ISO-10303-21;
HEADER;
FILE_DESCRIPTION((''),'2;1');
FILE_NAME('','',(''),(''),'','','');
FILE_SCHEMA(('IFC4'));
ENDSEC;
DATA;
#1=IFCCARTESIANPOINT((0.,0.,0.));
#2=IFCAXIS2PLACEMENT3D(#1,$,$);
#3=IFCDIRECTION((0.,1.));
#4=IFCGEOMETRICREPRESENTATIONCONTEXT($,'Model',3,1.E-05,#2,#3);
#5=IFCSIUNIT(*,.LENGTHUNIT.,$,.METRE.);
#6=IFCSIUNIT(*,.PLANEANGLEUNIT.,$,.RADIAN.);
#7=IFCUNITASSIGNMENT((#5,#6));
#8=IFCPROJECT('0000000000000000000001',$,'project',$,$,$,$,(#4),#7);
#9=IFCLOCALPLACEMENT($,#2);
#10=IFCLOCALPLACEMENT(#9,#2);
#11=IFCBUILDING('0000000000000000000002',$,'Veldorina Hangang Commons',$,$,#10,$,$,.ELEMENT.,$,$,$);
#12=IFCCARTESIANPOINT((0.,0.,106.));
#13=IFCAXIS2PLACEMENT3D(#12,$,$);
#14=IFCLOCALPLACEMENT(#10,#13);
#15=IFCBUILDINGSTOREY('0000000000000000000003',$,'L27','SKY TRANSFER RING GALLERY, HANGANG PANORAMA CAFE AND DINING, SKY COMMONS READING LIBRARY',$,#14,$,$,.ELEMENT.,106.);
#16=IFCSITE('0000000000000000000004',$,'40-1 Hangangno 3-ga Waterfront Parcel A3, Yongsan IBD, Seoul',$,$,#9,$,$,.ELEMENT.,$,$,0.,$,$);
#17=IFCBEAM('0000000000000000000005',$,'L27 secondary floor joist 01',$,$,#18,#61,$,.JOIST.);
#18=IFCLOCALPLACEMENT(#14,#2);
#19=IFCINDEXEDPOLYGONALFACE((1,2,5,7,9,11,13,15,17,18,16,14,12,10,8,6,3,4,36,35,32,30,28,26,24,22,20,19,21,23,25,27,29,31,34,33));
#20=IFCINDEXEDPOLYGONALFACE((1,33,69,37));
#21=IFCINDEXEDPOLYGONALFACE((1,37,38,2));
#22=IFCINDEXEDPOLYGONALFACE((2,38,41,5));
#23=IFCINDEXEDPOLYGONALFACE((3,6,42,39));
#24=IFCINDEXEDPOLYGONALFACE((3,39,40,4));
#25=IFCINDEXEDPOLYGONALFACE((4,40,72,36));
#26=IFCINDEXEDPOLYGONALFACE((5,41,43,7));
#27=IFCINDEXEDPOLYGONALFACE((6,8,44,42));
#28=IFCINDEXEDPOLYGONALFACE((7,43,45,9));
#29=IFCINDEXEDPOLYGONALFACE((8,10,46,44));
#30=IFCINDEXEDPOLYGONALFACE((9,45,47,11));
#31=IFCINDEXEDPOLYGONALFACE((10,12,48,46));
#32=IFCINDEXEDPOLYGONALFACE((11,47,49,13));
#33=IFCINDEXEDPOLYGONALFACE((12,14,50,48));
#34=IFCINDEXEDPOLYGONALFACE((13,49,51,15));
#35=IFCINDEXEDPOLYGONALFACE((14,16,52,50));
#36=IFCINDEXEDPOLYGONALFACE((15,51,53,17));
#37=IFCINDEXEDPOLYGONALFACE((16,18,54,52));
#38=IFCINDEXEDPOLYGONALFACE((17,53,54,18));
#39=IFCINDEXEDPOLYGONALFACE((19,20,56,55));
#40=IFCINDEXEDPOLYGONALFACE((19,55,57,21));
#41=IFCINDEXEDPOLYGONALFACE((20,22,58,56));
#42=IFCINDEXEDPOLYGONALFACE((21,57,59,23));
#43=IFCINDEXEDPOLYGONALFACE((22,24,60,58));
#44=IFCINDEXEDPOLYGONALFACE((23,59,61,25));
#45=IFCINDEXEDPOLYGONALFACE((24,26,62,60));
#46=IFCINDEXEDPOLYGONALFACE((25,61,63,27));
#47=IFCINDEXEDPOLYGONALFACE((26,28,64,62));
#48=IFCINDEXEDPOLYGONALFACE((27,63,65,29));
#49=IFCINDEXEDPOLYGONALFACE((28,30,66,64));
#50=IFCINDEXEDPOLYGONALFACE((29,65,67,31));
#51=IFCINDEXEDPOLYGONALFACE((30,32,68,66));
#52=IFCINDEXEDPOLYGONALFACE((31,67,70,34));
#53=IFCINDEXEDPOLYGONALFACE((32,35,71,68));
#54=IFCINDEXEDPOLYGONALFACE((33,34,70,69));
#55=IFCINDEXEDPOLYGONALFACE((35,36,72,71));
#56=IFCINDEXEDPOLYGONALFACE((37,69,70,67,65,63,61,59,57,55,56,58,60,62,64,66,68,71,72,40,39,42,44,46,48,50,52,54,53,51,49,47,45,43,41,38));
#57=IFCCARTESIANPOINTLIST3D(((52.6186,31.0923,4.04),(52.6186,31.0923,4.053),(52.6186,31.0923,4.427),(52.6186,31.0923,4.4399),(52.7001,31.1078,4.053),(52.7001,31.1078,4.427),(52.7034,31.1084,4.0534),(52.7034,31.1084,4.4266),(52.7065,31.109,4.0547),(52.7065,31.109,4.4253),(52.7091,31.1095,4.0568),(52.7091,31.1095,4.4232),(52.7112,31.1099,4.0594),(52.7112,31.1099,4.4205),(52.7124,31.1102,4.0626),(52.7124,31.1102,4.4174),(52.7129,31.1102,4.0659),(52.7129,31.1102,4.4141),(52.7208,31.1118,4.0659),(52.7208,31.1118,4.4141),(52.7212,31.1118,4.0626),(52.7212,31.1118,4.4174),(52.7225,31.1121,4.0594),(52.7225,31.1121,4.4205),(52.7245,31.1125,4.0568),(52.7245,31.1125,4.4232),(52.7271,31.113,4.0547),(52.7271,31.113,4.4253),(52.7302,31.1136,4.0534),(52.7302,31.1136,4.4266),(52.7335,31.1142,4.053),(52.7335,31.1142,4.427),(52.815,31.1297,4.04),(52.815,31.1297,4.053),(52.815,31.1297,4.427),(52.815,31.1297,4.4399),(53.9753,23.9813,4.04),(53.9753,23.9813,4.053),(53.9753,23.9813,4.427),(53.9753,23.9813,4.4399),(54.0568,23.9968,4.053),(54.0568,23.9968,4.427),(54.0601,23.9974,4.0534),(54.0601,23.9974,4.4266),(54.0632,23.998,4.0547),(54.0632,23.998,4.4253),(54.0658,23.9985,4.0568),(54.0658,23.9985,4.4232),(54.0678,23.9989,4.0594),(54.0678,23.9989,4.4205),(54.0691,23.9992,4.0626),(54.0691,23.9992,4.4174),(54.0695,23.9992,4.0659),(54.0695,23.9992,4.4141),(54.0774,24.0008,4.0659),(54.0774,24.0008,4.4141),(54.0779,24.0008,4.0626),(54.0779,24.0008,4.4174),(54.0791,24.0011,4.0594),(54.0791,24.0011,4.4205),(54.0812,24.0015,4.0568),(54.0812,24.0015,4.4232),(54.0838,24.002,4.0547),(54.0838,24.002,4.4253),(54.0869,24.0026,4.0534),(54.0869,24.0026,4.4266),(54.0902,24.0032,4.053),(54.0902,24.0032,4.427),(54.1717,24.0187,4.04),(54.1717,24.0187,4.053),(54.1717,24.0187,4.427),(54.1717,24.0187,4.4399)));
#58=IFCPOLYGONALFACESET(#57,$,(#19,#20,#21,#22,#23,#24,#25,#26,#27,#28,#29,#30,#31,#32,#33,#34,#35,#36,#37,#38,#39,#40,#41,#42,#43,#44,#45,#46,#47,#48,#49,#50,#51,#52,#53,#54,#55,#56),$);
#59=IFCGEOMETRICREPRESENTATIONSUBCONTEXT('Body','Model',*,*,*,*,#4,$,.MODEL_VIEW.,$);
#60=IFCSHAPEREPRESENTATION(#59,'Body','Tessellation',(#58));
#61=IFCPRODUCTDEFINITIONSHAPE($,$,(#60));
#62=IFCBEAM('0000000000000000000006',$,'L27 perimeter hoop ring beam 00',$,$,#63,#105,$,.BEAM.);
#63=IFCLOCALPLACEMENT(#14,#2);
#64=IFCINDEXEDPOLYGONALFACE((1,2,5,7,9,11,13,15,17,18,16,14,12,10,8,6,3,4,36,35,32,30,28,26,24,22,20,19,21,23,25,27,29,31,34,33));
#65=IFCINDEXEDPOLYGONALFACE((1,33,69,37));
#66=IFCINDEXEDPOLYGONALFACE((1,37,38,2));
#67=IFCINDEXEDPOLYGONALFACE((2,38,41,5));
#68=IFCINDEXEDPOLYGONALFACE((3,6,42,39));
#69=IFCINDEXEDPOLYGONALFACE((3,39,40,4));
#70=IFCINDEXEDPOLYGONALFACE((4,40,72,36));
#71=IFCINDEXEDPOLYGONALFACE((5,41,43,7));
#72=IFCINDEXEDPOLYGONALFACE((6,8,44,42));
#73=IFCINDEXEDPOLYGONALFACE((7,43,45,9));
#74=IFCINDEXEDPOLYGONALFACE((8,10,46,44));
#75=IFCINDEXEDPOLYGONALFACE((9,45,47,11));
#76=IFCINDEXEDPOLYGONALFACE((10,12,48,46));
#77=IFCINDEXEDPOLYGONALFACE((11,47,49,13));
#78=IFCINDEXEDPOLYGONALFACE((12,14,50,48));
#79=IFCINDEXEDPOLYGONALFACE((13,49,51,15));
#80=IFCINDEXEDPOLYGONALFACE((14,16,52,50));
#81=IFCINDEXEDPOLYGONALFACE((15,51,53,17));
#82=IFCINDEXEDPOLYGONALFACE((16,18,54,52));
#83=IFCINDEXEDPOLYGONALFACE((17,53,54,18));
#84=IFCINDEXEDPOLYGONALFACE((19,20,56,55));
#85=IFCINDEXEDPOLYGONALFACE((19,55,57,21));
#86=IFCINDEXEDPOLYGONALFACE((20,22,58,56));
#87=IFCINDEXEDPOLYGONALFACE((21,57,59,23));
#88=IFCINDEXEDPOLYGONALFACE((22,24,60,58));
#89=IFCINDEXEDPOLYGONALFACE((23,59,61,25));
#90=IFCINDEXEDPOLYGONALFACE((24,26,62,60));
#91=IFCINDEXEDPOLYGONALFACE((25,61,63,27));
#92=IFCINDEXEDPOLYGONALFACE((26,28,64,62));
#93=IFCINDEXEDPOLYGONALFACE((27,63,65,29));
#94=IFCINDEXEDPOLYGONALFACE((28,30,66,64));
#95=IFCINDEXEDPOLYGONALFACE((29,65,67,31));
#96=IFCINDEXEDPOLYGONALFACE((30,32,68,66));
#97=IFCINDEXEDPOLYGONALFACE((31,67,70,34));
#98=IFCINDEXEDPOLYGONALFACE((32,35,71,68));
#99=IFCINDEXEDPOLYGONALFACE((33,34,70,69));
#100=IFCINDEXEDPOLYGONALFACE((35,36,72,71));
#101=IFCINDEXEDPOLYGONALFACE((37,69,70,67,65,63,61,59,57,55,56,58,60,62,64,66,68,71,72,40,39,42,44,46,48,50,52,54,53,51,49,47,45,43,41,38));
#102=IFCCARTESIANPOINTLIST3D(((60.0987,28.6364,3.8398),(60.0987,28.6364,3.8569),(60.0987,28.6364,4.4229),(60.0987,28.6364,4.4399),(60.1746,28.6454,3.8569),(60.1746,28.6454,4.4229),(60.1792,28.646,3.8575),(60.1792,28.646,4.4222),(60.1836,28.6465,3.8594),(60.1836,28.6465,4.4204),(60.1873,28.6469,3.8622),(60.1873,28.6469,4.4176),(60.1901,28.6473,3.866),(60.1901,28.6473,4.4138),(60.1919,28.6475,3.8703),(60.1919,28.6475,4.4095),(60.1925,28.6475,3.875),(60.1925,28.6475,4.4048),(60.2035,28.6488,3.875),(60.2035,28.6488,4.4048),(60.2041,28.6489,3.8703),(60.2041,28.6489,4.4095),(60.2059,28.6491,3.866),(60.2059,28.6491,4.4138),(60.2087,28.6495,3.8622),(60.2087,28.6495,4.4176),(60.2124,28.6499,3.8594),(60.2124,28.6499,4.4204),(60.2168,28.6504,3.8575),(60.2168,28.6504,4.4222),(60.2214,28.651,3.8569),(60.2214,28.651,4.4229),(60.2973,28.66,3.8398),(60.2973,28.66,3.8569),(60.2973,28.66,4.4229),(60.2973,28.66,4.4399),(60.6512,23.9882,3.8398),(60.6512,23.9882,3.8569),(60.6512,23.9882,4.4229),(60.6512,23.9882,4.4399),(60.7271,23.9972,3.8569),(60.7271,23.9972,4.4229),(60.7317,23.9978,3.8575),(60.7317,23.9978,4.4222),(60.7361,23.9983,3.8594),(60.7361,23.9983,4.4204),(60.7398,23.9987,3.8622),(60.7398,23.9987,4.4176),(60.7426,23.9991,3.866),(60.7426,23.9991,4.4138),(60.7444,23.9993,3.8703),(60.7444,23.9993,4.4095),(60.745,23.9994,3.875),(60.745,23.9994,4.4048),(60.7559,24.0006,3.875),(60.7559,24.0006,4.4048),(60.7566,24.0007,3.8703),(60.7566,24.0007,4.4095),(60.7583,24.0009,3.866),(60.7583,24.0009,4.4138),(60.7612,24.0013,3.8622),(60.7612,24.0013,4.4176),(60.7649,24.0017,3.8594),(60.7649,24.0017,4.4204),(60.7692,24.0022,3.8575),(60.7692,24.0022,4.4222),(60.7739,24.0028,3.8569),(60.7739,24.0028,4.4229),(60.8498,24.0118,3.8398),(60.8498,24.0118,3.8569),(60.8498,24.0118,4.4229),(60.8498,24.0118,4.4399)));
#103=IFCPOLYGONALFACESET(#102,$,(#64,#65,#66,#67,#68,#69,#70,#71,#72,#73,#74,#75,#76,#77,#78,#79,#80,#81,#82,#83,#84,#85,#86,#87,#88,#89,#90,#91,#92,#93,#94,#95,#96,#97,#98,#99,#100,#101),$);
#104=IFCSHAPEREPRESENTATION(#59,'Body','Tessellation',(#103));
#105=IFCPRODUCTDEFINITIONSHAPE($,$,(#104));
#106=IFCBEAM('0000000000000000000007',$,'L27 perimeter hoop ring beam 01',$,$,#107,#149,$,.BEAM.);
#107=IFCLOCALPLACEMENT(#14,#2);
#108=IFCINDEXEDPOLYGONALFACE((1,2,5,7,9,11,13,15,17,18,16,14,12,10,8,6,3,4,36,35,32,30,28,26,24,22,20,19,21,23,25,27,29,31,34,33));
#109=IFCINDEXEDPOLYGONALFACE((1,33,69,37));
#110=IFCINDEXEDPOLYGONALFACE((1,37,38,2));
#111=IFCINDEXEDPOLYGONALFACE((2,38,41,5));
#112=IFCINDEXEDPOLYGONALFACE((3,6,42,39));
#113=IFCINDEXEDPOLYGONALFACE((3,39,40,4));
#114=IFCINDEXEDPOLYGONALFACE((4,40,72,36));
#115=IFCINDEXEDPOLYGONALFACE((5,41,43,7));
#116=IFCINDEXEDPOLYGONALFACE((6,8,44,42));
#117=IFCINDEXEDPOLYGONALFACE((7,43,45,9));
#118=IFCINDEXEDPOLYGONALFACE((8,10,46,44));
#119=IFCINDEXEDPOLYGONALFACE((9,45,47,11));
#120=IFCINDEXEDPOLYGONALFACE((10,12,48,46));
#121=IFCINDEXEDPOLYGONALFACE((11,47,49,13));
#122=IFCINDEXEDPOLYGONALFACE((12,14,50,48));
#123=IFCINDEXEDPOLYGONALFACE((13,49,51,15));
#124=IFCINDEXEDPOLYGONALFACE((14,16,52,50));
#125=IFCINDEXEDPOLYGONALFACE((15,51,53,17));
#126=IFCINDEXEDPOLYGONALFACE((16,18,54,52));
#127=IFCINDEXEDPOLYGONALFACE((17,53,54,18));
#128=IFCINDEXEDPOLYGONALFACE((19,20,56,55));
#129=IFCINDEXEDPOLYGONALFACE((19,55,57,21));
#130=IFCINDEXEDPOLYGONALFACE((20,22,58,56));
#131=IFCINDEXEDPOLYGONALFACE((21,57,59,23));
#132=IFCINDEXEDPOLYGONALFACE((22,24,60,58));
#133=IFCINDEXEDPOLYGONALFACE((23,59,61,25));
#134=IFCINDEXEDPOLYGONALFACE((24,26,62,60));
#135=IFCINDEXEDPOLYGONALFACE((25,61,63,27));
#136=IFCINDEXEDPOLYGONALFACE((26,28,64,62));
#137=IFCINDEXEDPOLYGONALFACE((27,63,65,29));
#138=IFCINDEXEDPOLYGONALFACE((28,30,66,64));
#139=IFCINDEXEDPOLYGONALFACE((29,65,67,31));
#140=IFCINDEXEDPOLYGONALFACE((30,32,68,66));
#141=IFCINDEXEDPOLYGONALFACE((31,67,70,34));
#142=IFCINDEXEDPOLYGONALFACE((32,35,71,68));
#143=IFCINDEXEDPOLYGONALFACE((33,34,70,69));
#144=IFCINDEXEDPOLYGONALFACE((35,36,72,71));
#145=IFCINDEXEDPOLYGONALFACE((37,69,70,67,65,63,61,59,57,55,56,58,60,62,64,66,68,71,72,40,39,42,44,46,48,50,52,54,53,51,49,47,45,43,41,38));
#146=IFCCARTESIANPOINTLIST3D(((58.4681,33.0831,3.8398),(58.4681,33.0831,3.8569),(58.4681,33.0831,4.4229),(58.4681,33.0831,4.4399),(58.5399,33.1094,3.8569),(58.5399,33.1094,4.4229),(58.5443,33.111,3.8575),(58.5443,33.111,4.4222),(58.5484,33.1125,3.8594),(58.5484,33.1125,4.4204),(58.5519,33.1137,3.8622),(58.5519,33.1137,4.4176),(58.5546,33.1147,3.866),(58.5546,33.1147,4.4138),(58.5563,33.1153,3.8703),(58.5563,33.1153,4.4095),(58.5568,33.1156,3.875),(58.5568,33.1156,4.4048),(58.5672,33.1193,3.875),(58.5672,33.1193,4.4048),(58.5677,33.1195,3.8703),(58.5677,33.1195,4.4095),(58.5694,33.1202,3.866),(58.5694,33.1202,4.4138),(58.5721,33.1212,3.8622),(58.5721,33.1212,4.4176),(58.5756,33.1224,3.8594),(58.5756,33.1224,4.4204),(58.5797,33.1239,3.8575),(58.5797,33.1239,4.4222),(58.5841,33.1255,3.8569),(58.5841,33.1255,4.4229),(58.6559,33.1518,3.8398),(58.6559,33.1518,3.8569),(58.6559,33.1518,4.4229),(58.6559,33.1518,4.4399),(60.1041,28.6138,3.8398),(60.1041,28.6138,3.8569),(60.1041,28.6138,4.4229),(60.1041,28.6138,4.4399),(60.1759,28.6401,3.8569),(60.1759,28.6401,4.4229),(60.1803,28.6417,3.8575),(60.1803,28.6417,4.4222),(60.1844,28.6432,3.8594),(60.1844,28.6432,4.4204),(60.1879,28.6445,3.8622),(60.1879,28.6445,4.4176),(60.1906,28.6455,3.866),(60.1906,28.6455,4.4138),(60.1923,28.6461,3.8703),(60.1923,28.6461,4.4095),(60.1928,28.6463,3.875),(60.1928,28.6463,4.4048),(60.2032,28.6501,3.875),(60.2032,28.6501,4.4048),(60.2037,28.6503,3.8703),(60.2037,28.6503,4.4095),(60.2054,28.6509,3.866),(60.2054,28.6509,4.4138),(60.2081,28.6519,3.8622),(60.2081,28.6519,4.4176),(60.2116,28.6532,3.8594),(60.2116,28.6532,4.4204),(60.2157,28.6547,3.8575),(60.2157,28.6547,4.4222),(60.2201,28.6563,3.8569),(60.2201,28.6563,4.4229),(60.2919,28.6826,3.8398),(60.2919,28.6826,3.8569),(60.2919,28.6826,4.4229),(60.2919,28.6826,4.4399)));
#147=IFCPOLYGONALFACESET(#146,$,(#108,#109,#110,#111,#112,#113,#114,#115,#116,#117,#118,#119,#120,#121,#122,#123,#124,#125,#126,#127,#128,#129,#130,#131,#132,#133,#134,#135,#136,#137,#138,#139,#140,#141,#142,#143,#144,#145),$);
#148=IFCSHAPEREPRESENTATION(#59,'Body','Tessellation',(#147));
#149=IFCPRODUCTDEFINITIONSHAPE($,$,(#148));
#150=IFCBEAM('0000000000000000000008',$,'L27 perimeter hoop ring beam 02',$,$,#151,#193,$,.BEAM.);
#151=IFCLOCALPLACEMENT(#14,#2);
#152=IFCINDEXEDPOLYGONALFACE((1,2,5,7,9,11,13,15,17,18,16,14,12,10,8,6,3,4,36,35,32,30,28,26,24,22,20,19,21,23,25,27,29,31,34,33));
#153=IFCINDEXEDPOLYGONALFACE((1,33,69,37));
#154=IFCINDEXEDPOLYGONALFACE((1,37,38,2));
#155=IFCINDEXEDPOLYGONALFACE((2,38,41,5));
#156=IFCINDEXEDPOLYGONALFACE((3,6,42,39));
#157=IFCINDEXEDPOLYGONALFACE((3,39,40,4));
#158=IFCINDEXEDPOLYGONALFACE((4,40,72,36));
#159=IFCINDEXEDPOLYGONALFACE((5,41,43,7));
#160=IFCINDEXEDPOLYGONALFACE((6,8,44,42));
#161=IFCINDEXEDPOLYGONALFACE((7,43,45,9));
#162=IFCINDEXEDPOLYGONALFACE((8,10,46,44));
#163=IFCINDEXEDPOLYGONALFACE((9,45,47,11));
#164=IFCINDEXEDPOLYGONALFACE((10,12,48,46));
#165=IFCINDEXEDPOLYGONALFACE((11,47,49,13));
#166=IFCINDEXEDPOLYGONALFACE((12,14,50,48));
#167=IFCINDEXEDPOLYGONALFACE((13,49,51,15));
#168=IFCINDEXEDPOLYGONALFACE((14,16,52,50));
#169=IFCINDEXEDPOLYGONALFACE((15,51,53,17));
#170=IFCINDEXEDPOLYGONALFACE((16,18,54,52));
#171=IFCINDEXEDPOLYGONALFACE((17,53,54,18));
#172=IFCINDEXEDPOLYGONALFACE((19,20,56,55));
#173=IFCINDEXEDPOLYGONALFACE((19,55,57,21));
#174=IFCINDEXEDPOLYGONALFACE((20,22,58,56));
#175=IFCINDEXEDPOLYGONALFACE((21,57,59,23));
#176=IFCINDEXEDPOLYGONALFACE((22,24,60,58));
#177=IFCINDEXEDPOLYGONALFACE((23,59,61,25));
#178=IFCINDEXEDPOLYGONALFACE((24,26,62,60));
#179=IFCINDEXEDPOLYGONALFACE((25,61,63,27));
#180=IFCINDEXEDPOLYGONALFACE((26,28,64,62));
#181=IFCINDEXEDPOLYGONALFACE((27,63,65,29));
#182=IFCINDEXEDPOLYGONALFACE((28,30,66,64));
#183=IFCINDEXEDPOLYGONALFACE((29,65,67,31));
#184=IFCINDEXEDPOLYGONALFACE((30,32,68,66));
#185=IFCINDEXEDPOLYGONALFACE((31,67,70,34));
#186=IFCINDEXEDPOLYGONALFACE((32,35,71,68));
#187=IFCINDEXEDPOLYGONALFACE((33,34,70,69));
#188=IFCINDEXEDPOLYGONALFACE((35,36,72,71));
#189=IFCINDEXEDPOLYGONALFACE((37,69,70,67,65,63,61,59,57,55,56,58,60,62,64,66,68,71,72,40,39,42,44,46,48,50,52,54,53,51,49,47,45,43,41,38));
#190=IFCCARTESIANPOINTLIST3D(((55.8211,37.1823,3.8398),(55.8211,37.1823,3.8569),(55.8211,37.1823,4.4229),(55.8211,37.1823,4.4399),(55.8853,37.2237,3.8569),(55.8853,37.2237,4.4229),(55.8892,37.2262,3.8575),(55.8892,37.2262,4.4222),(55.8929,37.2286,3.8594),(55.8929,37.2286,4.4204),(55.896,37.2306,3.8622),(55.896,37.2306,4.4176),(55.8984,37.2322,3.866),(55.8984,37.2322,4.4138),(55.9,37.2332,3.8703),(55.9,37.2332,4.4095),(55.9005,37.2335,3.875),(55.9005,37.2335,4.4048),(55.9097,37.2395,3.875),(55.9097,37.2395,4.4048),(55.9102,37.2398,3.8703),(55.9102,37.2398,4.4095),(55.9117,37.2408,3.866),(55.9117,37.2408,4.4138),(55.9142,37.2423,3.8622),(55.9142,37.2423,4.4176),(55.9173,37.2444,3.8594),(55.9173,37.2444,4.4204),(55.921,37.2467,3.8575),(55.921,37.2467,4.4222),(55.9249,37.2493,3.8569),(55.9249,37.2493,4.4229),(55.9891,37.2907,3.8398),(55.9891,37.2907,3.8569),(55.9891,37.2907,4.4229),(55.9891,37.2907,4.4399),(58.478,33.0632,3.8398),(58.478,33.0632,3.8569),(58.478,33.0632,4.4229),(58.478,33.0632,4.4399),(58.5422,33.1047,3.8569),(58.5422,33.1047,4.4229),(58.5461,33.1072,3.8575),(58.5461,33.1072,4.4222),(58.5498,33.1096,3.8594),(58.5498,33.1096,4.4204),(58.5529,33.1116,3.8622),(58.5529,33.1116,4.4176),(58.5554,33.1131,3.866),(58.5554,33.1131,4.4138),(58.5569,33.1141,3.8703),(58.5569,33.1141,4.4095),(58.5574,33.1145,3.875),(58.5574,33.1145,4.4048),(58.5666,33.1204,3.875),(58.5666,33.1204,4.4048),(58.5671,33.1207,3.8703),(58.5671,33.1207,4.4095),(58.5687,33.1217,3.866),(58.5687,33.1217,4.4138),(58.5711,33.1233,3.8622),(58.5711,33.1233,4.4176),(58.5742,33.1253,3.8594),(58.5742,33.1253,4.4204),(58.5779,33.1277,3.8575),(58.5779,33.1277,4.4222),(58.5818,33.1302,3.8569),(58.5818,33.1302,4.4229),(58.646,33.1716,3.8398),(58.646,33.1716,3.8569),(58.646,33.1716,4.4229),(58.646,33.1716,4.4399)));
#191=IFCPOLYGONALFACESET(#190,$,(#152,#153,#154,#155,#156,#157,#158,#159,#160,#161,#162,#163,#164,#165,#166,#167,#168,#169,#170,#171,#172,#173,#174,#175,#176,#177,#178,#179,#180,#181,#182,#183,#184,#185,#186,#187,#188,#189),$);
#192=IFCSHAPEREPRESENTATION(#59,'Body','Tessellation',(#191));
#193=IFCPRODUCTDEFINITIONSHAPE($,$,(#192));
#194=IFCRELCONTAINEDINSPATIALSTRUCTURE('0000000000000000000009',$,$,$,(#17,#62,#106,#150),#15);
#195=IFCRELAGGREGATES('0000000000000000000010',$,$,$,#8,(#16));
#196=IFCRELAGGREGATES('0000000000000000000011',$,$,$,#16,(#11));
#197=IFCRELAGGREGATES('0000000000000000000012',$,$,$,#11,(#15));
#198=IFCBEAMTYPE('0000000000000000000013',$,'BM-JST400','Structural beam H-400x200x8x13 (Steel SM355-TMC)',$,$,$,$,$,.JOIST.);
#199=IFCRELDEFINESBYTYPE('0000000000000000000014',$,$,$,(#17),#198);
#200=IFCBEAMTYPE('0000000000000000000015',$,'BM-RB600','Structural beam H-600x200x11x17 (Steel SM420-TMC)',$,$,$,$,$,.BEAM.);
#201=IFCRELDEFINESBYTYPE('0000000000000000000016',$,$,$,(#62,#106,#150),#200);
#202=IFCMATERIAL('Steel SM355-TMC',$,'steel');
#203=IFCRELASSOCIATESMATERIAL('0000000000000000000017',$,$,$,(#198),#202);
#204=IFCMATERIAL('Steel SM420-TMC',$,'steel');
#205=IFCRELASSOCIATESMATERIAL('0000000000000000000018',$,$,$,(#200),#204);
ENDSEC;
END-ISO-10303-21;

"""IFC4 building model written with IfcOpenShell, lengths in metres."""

from ifc_helpers import new_model, si_unit, direction, frame, origin, origin_2d, place, context, subcontext, project, spatial, i_section, extrude, material, material_profile, profile_set, type_object, element, save


model = new_model("IFC4")

# Units and contexts
model_context = context("Model", 3, precision=1e-05, world=origin(), true_north=direction((0.0, 1.0)))
body_context = subcontext(model_context, "Body", "Model", "MODEL_VIEW")
ifc_project = project(units=[si_unit("LENGTHUNIT", "METRE"), si_unit("PLANEANGLEUNIT", "RADIAN")], contexts=[model_context])

# Site, building, storey
site_placement = place(None, origin())
site = spatial("IfcSite", under=ifc_project, at=site_placement, Name="40-1 Hangangno 3-ga Waterfront Parcel A3, Yongsan IBD, Seoul", CompositionType="ELEMENT", RefElevation=0.0)
building_placement = place(site_placement, origin())
building = spatial("IfcBuilding", under=site, at=building_placement, Name="Veldorina Hangang Commons", CompositionType="ELEMENT")
storey_placement = place(building_placement, frame((0.0, 0.0, 106.0)))
storey = spatial("IfcBuildingStorey", under=building, at=storey_placement, Name="L27", Description="SKY TRANSFER RING GALLERY, HANGANG PANORAMA CAFE AND DINING, SKY COMMONS READING LIBRARY", CompositionType="ELEMENT", Elevation=106.0)

# Beams
ifc_material_1 = material(Name="Steel SM355-TMC", Category="steel")
ifc_material_profile_1 = material_profile(ifc_material_1, i_section(OverallWidth=0.2, OverallDepth=0.3999, WebThickness=0.0081, FlangeThickness=0.0129, FilletRadius=0.0129, at=origin_2d()), Name="H-400x200x8x13")
ifc_profile_set_1 = profile_set([ifc_material_profile_1], Name="Steel SM355-TMC")
beam_type_1 = type_object("IfcBeamType", Name="BM-JST400", Description="Structural beam H-400x200x8x13 (Steel SM355-TMC)", PredefinedType="JOIST", material=ifc_profile_set_1)
beam_1_placement = place(storey_placement, frame((54.0735, 24.0, 4.24), z_axis=(-0.187405, 0.982283, 0.0), x_axis=(-0.982283, -0.187405, 0.0)))
element("IfcBeam", 1, at=beam_1_placement, inside=storey, type_object=beam_type_1, Name="L27 secondary floor joist 01", PredefinedType="JOIST", context=body_context, shape_type="SweptSolid", body=[
    extrude(i_section(OverallWidth=0.2, OverallDepth=0.3999, WebThickness=0.0081, FlangeThickness=0.0129, FilletRadius=0.0129, at=origin_2d()), origin(), (0.0, 0.0, 1.0), 7.2393),
])
ifc_material_2 = material(Name="Steel SM420-TMC", Category="steel")
ifc_material_profile_2 = material_profile(ifc_material_2, i_section(OverallWidth=0.2, OverallDepth=0.6001, WebThickness=0.011, FlangeThickness=0.0171, FilletRadius=0.0181, at=origin_2d()), Name="H-600x200x11x17")
ifc_profile_set_2 = profile_set([ifc_material_profile_2], Name="Steel SM420-TMC")
beam_type_2 = type_object("IfcBeamType", Name="BM-RB600", Description="Structural beam H-600x200x11x17 (Steel SM420-TMC)", PredefinedType="BEAM", material=ifc_profile_set_2)
beam_2_placement = place(storey_placement, frame((60.7505, 24.0, 4.1399), z_axis=(-0.11803, 0.99301, 0.0), x_axis=(-0.99301, -0.11803, 0.0)))
element("IfcBeam", 2, at=beam_2_placement, inside=storey, type_object=beam_type_2, Name="L27 perimeter hoop ring beam 00", PredefinedType="BEAM", context=body_context, shape_type="SweptSolid", body=[
    extrude(i_section(OverallWidth=0.2, OverallDepth=0.6001, WebThickness=0.011, FlangeThickness=0.0171, FilletRadius=0.0181, at=origin_2d()), origin(), (0.0, 0.0, 1.0), 4.6809),
])
beam_3_placement = place(storey_placement, frame((60.198, 28.6482, 4.1399), z_axis=(-0.343748, 0.939062, 0.0), x_axis=(-0.939062, -0.343748, 0.0)))
element("IfcBeam", 3, at=beam_3_placement, inside=storey, type_object=beam_type_2, Name="L27 perimeter hoop ring beam 01", PredefinedType="BEAM", context=body_context, shape_type="SweptSolid", body=[
    extrude(i_section(OverallWidth=0.2, OverallDepth=0.6001, WebThickness=0.011, FlangeThickness=0.0171, FilletRadius=0.0181, at=origin_2d()), origin(), (0.0, 0.0, 1.0), 4.7593),
])
beam_4_placement = place(storey_placement, frame((58.562, 33.1174, 4.1399), z_axis=(-0.542051, 0.840346, 0.0), x_axis=(-0.840346, -0.542051, 0.0)))
element("IfcBeam", 4, at=beam_4_placement, inside=storey, type_object=beam_type_2, Name="L27 perimeter hoop ring beam 02", PredefinedType="BEAM", context=body_context, shape_type="SweptSolid", body=[
    extrude(i_section(OverallWidth=0.2, OverallDepth=0.6001, WebThickness=0.011, FlangeThickness=0.0171, FilletRadius=0.0181, at=origin_2d()), origin(), (0.0, 0.0, 1.0), 4.9016),
])

save(model, "model.ifc")
